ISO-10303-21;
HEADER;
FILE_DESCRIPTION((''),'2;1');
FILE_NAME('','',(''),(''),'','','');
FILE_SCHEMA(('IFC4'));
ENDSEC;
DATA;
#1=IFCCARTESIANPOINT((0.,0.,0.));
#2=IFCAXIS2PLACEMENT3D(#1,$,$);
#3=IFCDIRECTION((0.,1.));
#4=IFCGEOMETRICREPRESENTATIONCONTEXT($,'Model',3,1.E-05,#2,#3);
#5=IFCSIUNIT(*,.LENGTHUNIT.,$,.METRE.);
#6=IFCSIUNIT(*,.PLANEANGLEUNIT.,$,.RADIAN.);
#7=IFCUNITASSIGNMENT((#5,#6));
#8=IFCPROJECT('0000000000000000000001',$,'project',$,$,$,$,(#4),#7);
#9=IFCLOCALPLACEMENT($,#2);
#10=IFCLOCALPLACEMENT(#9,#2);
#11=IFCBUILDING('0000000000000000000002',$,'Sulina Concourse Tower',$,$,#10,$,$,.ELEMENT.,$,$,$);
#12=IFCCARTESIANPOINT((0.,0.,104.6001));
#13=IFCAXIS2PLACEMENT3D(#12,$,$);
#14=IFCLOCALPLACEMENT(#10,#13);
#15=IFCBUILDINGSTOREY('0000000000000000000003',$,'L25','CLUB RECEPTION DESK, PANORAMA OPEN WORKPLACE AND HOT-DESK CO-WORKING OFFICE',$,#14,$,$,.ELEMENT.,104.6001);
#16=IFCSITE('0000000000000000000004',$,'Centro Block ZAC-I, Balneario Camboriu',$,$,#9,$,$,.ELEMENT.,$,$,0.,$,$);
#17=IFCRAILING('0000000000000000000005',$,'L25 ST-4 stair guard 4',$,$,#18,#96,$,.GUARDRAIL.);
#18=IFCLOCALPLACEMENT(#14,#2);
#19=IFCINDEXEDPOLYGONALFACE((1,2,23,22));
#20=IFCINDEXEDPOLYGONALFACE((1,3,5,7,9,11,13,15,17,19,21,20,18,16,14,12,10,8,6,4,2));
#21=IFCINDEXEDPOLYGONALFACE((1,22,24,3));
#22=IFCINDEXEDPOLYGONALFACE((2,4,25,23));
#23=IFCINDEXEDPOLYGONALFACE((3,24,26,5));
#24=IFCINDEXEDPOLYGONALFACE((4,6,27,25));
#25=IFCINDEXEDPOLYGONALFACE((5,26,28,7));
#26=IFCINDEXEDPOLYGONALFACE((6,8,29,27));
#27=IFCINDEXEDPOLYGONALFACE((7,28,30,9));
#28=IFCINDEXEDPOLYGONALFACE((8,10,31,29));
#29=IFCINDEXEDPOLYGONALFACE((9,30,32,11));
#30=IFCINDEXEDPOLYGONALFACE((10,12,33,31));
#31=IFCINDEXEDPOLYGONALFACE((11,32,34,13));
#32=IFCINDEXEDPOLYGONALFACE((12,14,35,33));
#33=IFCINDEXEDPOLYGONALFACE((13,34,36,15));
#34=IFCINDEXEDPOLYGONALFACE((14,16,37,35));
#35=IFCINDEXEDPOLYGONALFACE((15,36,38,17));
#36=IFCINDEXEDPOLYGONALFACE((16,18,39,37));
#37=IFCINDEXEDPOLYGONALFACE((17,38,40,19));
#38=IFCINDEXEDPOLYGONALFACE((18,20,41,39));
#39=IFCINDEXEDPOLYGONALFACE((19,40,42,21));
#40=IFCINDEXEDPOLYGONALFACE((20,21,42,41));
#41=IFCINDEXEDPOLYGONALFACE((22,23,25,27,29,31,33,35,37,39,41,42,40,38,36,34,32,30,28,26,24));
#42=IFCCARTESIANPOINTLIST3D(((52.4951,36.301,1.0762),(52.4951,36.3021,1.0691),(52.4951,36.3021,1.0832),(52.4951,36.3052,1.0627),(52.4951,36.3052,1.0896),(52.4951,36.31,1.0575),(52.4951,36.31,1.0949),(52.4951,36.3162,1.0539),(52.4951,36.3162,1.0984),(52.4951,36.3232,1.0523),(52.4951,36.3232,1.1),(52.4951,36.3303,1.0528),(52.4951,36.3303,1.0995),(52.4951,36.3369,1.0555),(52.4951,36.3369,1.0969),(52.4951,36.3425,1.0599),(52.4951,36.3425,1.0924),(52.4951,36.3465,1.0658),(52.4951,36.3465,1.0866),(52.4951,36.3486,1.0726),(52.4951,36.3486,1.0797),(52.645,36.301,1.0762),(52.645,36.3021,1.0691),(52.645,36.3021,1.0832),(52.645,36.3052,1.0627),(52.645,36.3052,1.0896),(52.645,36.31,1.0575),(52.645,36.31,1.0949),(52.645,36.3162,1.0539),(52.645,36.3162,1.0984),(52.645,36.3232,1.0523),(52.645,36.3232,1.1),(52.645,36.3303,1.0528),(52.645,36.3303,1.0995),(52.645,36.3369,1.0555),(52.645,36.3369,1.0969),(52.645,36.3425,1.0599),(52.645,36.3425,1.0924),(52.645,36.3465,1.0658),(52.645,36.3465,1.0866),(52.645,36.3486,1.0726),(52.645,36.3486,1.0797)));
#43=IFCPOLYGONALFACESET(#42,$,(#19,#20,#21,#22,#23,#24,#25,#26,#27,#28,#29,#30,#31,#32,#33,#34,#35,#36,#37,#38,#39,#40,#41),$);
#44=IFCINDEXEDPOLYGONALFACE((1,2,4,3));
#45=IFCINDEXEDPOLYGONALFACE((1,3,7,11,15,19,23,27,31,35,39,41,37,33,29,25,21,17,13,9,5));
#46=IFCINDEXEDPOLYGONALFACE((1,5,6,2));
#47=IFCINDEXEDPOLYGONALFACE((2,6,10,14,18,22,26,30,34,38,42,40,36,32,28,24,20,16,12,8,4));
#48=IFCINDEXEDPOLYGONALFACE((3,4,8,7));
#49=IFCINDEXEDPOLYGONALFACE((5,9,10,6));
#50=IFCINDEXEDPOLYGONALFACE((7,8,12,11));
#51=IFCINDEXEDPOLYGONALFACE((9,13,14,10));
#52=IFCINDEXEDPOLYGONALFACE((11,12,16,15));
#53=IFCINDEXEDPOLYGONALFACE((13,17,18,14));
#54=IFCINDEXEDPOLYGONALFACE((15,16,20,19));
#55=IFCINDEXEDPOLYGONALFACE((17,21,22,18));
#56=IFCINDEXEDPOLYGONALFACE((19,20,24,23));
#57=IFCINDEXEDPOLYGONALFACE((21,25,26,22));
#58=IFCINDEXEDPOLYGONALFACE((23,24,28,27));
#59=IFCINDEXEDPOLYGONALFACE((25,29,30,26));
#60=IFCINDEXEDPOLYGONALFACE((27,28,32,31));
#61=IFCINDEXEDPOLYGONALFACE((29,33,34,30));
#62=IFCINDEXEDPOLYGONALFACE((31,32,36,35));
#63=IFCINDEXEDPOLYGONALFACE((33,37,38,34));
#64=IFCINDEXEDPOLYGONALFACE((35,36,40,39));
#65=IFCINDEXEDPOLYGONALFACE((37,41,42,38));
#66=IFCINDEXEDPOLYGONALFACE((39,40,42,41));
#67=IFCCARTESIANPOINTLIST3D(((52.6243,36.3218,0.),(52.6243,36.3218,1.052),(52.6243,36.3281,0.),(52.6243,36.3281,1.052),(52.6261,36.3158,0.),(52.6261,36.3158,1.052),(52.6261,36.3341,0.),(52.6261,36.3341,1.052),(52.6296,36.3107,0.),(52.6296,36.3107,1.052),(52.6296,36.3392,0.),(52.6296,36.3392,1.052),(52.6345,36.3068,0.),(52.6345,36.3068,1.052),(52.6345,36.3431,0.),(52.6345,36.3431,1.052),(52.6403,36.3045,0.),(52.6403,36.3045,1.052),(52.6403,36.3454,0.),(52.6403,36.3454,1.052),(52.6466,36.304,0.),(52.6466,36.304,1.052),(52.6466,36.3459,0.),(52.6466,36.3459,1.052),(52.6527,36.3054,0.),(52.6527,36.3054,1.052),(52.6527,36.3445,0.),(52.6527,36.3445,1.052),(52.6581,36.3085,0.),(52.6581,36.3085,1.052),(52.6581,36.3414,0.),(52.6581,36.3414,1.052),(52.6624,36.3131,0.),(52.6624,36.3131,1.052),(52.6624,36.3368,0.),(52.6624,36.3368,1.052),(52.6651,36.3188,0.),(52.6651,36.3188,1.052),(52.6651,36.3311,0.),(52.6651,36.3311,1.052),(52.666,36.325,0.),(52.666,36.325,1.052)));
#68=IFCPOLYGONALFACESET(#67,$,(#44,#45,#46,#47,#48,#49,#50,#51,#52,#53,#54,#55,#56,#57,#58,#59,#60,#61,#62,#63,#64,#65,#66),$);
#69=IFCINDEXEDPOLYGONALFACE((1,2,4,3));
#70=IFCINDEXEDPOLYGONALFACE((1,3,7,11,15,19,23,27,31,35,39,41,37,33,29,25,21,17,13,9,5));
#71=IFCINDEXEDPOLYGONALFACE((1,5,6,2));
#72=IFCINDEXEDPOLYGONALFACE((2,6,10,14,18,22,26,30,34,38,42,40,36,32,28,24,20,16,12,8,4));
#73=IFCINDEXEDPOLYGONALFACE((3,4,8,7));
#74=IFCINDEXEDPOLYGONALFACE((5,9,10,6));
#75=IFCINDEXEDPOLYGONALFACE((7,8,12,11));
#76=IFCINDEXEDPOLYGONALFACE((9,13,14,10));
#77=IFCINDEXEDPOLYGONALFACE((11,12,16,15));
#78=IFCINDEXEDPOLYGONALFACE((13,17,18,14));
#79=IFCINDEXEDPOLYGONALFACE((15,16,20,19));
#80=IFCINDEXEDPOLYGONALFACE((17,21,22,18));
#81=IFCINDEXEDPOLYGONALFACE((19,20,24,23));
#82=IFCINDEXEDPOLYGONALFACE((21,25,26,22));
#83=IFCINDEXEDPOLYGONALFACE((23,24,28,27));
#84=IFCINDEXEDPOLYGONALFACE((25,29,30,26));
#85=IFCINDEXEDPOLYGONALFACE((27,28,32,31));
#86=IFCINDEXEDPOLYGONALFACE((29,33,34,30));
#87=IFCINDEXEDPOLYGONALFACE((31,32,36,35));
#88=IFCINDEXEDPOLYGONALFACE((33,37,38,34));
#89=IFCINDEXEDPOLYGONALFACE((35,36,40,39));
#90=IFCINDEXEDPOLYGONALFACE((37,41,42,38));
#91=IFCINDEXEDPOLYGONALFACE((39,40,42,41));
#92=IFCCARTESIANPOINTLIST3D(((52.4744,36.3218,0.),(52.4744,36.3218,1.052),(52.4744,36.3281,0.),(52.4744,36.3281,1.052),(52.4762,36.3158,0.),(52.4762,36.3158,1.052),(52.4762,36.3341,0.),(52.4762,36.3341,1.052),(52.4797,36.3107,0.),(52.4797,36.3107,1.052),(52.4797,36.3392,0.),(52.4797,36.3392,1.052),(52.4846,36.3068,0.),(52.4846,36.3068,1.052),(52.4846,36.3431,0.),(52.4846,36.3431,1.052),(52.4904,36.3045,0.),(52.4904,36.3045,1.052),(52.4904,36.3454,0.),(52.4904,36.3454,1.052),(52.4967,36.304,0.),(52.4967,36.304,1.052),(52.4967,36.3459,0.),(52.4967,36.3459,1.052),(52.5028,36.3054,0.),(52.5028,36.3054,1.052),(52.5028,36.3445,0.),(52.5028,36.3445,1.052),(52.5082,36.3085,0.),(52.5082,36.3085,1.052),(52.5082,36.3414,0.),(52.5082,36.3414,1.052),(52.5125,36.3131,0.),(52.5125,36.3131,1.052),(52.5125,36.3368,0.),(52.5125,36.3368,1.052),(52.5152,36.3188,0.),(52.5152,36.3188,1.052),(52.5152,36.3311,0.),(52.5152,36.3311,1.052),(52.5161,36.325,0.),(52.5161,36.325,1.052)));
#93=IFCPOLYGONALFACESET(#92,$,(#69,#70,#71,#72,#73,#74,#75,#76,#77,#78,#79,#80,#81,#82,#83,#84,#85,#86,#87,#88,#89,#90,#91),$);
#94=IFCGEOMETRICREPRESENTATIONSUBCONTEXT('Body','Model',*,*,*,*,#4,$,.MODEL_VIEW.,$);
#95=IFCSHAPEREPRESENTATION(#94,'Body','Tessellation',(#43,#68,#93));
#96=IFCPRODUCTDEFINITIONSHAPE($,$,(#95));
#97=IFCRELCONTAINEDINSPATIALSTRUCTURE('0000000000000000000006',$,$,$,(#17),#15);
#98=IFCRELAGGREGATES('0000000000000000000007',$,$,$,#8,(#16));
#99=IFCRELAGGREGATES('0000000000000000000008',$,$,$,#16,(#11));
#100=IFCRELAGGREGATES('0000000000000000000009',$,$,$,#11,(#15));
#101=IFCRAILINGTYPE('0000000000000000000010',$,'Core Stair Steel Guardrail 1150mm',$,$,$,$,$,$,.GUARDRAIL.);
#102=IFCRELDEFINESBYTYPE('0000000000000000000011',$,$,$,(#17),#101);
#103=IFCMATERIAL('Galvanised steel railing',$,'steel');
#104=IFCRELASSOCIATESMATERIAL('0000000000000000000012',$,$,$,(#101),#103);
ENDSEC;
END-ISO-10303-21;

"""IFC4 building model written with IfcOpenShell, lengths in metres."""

from ifc_helpers import new_model, si_unit, direction, frame, origin, origin_2d, place, context, subcontext, project, spatial, circle, extrude, material, type_object, element, save


model = new_model("IFC4")

# Units and contexts
model_context = context("Model", 3, precision=1e-05, world=origin(), true_north=direction((0.0, 1.0)))
body_context = subcontext(model_context, "Body", "Model", "MODEL_VIEW")
ifc_project = project(units=[si_unit("LENGTHUNIT", "METRE"), si_unit("PLANEANGLEUNIT", "RADIAN")], contexts=[model_context])

# Site, building, storey
site_placement = place(None, origin())
site = spatial("IfcSite", under=ifc_project, at=site_placement, Name="Centro Block ZAC-I, Balneario Camboriu", CompositionType="ELEMENT", RefElevation=0.0)
building_placement = place(site_placement, origin())
building = spatial("IfcBuilding", under=site, at=building_placement, Name="Sulina Concourse Tower", CompositionType="ELEMENT")
storey_placement = place(building_placement, frame((0.0, 0.0, 104.6001)))
storey = spatial("IfcBuildingStorey", under=building, at=storey_placement, Name="L25", Description="CLUB RECEPTION DESK, PANORAMA OPEN WORKPLACE AND HOT-DESK CO-WORKING OFFICE", CompositionType="ELEMENT", Elevation=104.6001)

# Railing
ifc_material_1 = material(Name="Galvanised steel railing", Category="steel")
railing_type_1 = type_object("IfcRailingType", Name="Core Stair Steel Guardrail 1150mm", PredefinedType="GUARDRAIL", material=ifc_material_1)
railing_1_placement = place(storey_placement, frame((52.645, 36.325, 0.0)))
element("IfcRailing", 1, at=railing_1_placement, inside=storey, type_object=railing_type_1, Name="L25 ST-4 stair guard 4", PredefinedType="GUARDRAIL", context=body_context, shape_type="SweptSolid", body=[
    extrude(circle(Radius=0.0239, at=origin_2d()), frame((0.0, 0.0, 1.0762), z_axis=(-1.0, 0.0, 0.0), x_axis=(0.0, -1.0, 0.0)), (0.0, 0.0, 1.0), 0.1499),
    extrude(circle(Radius=0.021, at=origin_2d()), origin(), (0.0, 0.0, 1.0), 1.052),
    extrude(circle(Radius=0.021, at=origin_2d()), frame((-0.1499, 0.0, 0.0)), (0.0, 0.0, 1.0), 1.052),
])

save(model, "model.ifc")
